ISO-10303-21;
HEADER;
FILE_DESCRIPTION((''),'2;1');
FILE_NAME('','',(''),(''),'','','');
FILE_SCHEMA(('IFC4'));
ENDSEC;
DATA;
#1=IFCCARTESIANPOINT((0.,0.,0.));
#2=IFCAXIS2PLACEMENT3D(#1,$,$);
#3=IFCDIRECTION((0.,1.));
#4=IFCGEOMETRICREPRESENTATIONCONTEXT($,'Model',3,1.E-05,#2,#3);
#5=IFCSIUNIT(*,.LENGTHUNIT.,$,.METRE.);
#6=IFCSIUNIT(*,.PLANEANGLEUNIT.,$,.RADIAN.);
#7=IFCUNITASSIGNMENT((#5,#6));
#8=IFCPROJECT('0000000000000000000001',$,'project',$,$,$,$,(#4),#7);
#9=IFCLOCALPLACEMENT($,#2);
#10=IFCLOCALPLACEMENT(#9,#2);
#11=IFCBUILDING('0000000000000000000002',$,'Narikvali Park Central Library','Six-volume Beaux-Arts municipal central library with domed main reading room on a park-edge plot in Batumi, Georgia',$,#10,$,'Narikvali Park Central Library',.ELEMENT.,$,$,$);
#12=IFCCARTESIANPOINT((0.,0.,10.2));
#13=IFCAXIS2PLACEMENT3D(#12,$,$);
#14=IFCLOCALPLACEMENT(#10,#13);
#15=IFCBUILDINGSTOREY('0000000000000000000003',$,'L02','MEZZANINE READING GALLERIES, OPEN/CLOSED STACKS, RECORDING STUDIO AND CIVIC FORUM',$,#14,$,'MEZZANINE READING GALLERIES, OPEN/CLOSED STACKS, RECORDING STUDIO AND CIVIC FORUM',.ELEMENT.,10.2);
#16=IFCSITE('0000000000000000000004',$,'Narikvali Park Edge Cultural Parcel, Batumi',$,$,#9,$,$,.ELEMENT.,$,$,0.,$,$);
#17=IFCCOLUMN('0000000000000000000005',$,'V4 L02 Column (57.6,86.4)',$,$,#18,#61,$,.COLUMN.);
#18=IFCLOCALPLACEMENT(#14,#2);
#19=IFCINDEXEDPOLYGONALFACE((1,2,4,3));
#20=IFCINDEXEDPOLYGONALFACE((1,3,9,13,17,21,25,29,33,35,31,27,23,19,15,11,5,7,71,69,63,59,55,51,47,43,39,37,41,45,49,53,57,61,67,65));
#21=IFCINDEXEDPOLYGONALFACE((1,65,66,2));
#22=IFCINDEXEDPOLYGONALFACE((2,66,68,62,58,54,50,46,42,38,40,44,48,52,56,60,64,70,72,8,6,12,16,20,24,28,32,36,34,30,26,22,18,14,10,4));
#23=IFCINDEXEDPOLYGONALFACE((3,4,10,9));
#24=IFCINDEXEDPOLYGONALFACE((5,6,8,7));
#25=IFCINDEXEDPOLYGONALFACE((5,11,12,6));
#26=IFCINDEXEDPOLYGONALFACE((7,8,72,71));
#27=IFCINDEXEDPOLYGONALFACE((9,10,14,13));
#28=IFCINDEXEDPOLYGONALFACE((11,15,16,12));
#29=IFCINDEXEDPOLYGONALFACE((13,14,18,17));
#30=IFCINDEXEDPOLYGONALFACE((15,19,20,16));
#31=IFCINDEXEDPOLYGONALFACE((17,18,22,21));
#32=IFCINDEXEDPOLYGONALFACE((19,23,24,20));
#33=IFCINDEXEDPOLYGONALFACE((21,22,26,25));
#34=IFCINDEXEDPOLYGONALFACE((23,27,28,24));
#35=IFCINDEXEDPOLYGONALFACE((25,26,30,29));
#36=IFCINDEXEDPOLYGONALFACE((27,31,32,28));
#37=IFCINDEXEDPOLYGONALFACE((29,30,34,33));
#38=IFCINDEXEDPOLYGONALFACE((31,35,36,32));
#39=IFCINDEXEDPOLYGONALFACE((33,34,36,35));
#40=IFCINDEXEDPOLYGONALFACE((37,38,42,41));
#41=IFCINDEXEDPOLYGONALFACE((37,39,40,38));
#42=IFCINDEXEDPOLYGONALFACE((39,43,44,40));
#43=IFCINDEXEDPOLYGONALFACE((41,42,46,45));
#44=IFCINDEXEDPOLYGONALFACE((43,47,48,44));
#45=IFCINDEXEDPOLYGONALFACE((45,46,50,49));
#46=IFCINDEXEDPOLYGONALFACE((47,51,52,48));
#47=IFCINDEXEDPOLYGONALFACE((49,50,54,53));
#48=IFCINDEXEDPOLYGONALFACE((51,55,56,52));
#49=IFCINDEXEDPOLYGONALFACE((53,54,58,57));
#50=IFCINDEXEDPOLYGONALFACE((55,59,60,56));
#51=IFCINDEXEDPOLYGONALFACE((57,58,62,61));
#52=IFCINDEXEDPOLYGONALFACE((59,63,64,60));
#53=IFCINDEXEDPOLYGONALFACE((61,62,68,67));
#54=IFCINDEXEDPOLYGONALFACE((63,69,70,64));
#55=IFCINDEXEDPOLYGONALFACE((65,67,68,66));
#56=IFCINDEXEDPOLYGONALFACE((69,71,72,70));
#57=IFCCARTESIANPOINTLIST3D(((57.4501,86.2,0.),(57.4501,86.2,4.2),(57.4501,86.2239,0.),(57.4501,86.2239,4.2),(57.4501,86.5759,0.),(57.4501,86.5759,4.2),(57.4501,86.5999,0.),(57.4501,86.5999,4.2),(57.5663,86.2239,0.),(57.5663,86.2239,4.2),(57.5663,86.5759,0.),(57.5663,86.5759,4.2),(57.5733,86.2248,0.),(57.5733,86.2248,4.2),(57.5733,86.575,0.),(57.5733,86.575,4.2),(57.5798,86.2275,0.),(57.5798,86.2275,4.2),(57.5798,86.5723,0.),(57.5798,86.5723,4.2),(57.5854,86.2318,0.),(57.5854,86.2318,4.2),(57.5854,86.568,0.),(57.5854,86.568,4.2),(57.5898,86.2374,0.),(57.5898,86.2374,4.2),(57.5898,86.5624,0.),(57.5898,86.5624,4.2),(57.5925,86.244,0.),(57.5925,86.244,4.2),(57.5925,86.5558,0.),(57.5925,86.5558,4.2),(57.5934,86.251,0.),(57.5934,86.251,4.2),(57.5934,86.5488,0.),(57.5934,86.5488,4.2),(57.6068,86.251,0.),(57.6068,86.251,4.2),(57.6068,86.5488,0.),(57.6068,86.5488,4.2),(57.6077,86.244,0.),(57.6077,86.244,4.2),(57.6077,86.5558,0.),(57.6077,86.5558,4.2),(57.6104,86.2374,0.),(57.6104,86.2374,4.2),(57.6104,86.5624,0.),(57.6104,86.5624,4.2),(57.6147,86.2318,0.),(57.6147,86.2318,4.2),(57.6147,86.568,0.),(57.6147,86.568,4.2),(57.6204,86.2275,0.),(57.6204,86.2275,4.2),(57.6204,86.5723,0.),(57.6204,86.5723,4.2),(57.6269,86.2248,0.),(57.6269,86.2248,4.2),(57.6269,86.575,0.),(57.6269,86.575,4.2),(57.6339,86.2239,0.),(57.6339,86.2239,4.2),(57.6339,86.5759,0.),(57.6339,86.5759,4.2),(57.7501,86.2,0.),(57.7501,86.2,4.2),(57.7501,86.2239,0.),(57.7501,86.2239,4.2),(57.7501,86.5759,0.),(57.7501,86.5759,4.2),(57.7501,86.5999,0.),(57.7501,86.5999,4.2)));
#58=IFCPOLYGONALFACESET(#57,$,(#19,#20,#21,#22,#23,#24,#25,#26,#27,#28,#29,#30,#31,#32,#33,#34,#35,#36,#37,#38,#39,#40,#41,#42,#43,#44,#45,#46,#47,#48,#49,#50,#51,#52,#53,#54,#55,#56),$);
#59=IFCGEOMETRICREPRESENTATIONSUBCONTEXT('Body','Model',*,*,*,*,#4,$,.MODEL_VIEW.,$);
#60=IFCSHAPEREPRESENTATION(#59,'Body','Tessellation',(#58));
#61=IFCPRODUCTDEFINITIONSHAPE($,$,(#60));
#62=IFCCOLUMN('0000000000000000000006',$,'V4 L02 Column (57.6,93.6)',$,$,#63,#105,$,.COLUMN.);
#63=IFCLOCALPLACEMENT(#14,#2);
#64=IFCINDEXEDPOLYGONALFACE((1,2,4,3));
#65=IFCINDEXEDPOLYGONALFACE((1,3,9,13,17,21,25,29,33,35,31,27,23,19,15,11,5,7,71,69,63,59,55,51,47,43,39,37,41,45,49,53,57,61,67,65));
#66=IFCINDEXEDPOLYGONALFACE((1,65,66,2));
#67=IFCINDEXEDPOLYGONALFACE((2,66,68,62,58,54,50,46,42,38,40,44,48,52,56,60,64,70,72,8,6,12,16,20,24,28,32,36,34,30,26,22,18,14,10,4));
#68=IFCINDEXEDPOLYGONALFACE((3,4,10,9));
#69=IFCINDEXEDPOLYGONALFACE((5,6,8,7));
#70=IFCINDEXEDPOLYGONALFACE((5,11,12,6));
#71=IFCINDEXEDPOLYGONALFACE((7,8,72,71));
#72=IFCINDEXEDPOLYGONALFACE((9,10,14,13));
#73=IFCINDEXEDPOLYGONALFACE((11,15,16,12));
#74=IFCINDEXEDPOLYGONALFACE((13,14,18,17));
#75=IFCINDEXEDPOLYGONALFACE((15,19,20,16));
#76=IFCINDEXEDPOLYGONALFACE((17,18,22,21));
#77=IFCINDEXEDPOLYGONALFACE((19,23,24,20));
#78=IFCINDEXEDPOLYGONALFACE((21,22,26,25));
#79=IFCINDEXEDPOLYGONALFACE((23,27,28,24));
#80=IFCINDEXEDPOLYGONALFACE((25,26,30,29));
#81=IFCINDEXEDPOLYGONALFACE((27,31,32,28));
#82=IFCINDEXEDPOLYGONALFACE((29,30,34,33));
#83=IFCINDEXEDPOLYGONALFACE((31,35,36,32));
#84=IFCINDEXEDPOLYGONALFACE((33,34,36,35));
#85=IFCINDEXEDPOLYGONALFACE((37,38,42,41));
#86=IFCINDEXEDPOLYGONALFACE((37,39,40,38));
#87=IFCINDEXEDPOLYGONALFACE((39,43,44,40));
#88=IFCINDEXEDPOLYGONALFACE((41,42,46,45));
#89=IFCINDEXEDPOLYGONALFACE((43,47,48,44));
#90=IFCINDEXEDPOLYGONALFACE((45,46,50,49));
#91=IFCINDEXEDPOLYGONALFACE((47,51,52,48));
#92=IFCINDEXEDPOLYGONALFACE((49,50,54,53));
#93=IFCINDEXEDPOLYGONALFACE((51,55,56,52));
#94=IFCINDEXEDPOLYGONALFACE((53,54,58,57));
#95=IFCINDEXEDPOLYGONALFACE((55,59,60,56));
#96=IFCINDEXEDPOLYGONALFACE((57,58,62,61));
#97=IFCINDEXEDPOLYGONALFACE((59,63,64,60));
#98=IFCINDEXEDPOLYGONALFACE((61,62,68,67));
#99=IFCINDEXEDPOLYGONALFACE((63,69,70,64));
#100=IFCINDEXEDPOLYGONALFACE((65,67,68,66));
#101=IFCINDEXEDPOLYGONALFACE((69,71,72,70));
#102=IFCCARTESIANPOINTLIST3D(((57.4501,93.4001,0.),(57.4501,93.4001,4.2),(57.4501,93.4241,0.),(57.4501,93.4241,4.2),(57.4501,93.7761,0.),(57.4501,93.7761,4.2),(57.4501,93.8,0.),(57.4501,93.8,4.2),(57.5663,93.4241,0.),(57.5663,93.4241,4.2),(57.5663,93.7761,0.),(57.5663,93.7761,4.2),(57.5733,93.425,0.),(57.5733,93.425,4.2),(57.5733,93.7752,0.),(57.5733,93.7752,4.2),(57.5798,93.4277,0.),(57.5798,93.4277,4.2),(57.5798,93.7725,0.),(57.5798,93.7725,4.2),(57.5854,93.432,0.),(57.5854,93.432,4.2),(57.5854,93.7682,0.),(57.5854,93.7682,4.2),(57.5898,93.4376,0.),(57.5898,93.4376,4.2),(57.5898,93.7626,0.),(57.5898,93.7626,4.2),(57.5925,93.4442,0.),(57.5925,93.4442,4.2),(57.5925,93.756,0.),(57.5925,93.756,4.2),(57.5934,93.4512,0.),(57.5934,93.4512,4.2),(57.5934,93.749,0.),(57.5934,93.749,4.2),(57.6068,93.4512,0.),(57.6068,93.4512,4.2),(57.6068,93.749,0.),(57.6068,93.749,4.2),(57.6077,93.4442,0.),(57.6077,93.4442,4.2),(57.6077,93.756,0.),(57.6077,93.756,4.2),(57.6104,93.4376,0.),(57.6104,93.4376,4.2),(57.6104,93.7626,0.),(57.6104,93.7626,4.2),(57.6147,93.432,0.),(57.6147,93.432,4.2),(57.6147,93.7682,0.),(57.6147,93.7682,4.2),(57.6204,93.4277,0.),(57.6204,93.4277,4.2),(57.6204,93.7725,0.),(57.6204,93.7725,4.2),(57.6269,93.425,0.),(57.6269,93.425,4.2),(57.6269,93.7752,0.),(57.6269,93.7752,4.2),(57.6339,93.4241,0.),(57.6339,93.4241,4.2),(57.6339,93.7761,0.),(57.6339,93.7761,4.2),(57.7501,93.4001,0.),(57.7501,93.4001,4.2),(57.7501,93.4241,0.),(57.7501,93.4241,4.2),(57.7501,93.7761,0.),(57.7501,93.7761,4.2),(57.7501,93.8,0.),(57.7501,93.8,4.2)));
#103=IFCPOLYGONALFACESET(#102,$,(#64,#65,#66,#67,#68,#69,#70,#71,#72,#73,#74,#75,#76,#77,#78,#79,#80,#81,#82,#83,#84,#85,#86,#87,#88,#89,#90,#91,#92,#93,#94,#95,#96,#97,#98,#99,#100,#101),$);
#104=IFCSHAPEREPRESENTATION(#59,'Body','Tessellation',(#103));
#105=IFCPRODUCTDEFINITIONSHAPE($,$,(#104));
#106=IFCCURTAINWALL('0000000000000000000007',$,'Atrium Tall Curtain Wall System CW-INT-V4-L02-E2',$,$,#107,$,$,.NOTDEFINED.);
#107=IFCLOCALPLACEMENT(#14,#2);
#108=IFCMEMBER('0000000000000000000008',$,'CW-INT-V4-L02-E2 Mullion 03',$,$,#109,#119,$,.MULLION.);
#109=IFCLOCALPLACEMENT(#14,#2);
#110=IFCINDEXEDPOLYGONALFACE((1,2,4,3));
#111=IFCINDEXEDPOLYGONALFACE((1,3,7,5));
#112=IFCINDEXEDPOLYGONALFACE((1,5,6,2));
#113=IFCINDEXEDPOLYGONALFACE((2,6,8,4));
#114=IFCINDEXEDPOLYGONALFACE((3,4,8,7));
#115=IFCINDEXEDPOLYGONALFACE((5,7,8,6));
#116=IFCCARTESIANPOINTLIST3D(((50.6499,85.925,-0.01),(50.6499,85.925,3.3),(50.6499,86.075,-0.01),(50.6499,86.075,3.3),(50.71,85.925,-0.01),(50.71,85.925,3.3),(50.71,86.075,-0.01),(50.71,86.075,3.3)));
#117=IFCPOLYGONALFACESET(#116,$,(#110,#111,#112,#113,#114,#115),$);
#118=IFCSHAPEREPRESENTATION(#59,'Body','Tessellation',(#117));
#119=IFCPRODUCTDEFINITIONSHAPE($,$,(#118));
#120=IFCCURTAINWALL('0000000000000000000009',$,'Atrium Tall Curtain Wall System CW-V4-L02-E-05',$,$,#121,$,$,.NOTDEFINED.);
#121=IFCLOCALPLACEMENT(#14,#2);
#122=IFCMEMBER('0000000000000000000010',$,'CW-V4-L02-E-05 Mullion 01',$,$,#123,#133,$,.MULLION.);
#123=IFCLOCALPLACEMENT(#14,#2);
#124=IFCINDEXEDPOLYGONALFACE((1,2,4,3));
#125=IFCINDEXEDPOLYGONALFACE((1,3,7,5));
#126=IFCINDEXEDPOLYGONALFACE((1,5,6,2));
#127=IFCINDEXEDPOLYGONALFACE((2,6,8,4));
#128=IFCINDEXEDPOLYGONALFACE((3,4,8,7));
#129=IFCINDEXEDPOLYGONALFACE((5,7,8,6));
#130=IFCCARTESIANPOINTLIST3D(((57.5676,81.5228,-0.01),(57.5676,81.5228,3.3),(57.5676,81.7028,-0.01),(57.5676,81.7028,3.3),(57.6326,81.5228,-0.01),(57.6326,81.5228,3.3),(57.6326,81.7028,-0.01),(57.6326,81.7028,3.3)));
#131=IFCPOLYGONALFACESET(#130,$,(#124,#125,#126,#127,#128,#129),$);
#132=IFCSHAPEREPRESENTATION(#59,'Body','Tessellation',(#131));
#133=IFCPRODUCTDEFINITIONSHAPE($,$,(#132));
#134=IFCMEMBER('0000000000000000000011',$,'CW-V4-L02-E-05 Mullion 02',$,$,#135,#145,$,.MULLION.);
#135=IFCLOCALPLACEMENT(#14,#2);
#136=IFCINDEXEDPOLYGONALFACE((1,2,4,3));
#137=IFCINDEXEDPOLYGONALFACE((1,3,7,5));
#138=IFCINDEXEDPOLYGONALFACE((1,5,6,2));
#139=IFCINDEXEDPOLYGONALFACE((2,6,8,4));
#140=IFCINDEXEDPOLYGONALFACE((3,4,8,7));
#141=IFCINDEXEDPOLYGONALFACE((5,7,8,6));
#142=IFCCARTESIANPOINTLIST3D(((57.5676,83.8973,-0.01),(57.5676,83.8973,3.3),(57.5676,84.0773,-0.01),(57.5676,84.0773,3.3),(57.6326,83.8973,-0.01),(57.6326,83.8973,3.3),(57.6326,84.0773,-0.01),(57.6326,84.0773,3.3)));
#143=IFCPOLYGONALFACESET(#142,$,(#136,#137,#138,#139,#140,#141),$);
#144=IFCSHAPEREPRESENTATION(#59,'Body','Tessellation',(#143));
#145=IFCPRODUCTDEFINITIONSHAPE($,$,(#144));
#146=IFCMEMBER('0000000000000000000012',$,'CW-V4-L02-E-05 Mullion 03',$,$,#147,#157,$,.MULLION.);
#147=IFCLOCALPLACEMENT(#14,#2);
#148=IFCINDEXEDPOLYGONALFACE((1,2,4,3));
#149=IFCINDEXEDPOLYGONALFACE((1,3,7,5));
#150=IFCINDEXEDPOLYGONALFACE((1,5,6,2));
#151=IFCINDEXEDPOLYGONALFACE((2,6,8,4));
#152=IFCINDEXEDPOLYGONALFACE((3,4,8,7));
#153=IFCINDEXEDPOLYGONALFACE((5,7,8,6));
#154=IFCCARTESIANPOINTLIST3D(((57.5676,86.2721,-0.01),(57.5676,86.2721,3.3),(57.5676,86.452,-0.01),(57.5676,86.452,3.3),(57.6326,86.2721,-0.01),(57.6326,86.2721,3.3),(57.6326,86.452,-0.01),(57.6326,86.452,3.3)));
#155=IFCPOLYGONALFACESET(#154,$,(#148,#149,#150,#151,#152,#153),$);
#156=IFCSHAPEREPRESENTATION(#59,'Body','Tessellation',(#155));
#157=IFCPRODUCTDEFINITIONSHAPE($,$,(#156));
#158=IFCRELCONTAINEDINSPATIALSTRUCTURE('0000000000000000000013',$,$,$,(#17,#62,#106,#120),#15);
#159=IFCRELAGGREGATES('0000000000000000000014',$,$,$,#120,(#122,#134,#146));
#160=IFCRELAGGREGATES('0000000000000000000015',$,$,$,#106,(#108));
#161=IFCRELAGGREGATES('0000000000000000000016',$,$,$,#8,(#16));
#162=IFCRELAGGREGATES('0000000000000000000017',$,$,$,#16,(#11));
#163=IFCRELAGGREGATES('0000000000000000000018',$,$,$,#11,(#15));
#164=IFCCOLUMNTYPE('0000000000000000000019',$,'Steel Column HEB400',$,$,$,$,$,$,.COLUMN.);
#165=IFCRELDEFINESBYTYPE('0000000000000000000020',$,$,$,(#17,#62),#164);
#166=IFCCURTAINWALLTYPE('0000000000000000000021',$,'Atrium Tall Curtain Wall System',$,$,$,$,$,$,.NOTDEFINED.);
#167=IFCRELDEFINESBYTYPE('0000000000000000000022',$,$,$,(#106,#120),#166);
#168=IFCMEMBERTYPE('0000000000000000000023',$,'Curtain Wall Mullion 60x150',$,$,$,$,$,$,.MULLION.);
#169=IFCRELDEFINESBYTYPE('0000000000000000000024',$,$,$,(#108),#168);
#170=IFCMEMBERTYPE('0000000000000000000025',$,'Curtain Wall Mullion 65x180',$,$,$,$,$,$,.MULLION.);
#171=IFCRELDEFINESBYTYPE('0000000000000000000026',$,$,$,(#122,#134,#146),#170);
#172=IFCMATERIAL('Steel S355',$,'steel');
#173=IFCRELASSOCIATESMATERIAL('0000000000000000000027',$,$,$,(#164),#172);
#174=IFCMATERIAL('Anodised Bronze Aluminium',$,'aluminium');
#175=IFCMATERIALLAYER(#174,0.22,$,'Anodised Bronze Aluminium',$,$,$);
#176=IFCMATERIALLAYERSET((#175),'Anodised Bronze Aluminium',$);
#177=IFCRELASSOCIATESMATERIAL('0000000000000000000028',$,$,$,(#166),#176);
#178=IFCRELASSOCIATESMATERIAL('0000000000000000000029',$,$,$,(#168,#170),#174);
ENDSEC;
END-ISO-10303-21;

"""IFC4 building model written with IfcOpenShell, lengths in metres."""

from ifc_helpers import new_model, si_unit, direction, frame, origin, origin_2d, place, context, subcontext, project, spatial, rectangle, i_section, extrude, material, layer, layer_set, material_profile, profile_set, type_object, element, aggregate, save


model = new_model("IFC4")

# Units and contexts
model_context = context("Model", 3, precision=1e-05, world=origin(), true_north=direction((0.0, 1.0)))
body_context = subcontext(model_context, "Body", "Model", "MODEL_VIEW")
ifc_project = project(units=[si_unit("LENGTHUNIT", "METRE"), si_unit("PLANEANGLEUNIT", "RADIAN")], contexts=[model_context])

# Site, building, storey
site_placement = place(None, origin())
site = spatial("IfcSite", under=ifc_project, at=site_placement, Name="Narikvali Park Edge Cultural Parcel, Batumi", CompositionType="ELEMENT", RefElevation=0.0)
building_placement = place(site_placement, origin())
building = spatial("IfcBuilding", under=site, at=building_placement, Name="Narikvali Park Central Library", Description="Six-volume Beaux-Arts municipal central library with domed main reading room on a park-edge plot in Batumi, Georgia", LongName="Narikvali Park Central Library", CompositionType="ELEMENT")
storey_placement = place(building_placement, frame((0.0, 0.0, 10.2)))
storey = spatial("IfcBuildingStorey", under=building, at=storey_placement, Name="L02", Description="MEZZANINE READING GALLERIES, OPEN/CLOSED STACKS, RECORDING STUDIO AND CIVIC FORUM", LongName="MEZZANINE READING GALLERIES, OPEN/CLOSED STACKS, RECORDING STUDIO AND CIVIC FORUM", CompositionType="ELEMENT", Elevation=10.2)

# Columns
ifc_material_1 = material(Name="Steel S355", Category="steel")
ifc_material_profile_1 = material_profile(ifc_material_1, i_section(OverallWidth=0.3, OverallDepth=0.3999, WebThickness=0.0134, FlangeThickness=0.0239, FilletRadius=0.0271, at=origin_2d()), Name="HEB 400")
ifc_profile_set_1 = profile_set([ifc_material_profile_1], Name="Steel S355")
column_type = type_object("IfcColumnType", Name="Steel Column HEB400", PredefinedType="COLUMN", material=ifc_profile_set_1)
for number, where, z_axis, x_axis, name in (
    (1, (57.6001, 86.3999, 0.0), (0.0, 0.0, 1.0), (1.0, 0.0, 0.0), "V4 L02 Column (57.6,86.4)"),
    (2, (57.6001, 93.6001, 0.0), (0.0, 0.0, 1.0), (1.0, 0.0, 0.0), "V4 L02 Column (57.6,93.6)"),
):
    element("IfcColumn", number, at=place(storey_placement, frame(where, z_axis=z_axis, x_axis=x_axis)), inside=storey, type_object=column_type, Name=name, PredefinedType="COLUMN", context=body_context, shape_type="SweptSolid", body=[
        extrude(i_section(OverallWidth=0.3, OverallDepth=0.3999, WebThickness=0.0134, FlangeThickness=0.0239, FilletRadius=0.0271, at=origin_2d()), origin(), (0.0, 0.0, 1.0), 4.2),
    ])

# Curtain wall, member
ifc_material_2 = material(Name="Anodised Bronze Aluminium", Category="aluminium")
ifc_layer_1 = layer(ifc_material_2, 0.22, Name="Anodised Bronze Aluminium")
ifc_layer_set_1 = layer_set([ifc_layer_1], Name="Anodised Bronze Aluminium")
curtain_wall_type = type_object("IfcCurtainWallType", Name="Atrium Tall Curtain Wall System", PredefinedType="NOTDEFINED", material=ifc_layer_set_1)
curtain_wall_1_placement = place(storey_placement, origin())
curtain_wall_1 = element("IfcCurtainWall", 3, at=curtain_wall_1_placement, inside=storey, type_object=curtain_wall_type, Name="Atrium Tall Curtain Wall System CW-INT-V4-L02-E2", PredefinedType="NOTDEFINED")
ifc_material_profile_2 = material_profile(ifc_material_2, rectangle(XDim=0.0601, YDim=0.1499, at=origin_2d()), Name="CW MULLION 60x150")
ifc_profile_set_2 = profile_set([ifc_material_profile_2], Name="Anodised Bronze Aluminium")
member_type_1 = type_object("IfcMemberType", Name="Curtain Wall Mullion 60x150", PredefinedType="MULLION", material=ifc_profile_set_2)
member_1_placement = place(storey_placement, frame((50.6799, 86.0, -0.01), z_axis=(0.0, 0.0, 1.0), x_axis=(1.0, 0.0, 0.0)))
member_1 = element("IfcMember", 4, at=member_1_placement, type_object=member_type_1, Name="CW-INT-V4-L02-E2 Mullion 03", PredefinedType="MULLION", context=body_context, shape_type="SweptSolid", body=[
    extrude(rectangle(XDim=0.0601, YDim=0.1499, at=origin_2d()), origin(), (0.0, 0.0, 1.0), 3.3101),
])

# Curtain wall, members
curtain_wall_2_placement = place(storey_placement, origin())
curtain_wall_2 = element("IfcCurtainWall", 5, at=curtain_wall_2_placement, inside=storey, type_object=curtain_wall_type, Name="Atrium Tall Curtain Wall System CW-V4-L02-E-05", PredefinedType="NOTDEFINED")
ifc_material_profile_3 = material_profile(ifc_material_2, rectangle(XDim=0.0649, YDim=0.1799, at=origin_2d()), Name="CW MULLION 65x180")
ifc_profile_set_3 = profile_set([ifc_material_profile_3], Name="Anodised Bronze Aluminium")
member_type_2 = type_object("IfcMemberType", Name="Curtain Wall Mullion 65x180", PredefinedType="MULLION", material=ifc_profile_set_3)
member_2_placement = place(storey_placement, frame((57.6001, 81.6128, -0.01), z_axis=(0.0, 0.0, 1.0), x_axis=(1.0, 0.0, 0.0)))
member_2 = element("IfcMember", 6, at=member_2_placement, type_object=member_type_2, Name="CW-V4-L02-E-05 Mullion 01", PredefinedType="MULLION", context=body_context, shape_type="SweptSolid", body=[
    extrude(rectangle(XDim=0.0649, YDim=0.1799, at=origin_2d()), origin(), (0.0, 0.0, 1.0), 3.3101),
])
member_3_placement = place(storey_placement, frame((57.6001, 83.9873, -0.01), z_axis=(0.0, 0.0, 1.0), x_axis=(1.0, 0.0, 0.0)))
member_3 = element("IfcMember", 7, at=member_3_placement, type_object=member_type_2, Name="CW-V4-L02-E-05 Mullion 02", PredefinedType="MULLION", context=body_context, shape_type="SweptSolid", body=[
    extrude(rectangle(XDim=0.0649, YDim=0.1799, at=origin_2d()), origin(), (0.0, 0.0, 1.0), 3.3101),
])
member_4_placement = place(storey_placement, frame((57.6001, 86.3621, -0.01), z_axis=(0.0, 0.0, 1.0), x_axis=(1.0, 0.0, 0.0)))
member_4 = element("IfcMember", 8, at=member_4_placement, type_object=member_type_2, Name="CW-V4-L02-E-05 Mullion 03", PredefinedType="MULLION", context=body_context, shape_type="SweptSolid", body=[
    extrude(rectangle(XDim=0.0649, YDim=0.1799, at=origin_2d()), origin(), (0.0, 0.0, 1.0), 3.3101),
])

aggregate(curtain_wall_2, [member_2, member_3, member_4])
aggregate(curtain_wall_1, [member_1])

save(model, "model.ifc")
